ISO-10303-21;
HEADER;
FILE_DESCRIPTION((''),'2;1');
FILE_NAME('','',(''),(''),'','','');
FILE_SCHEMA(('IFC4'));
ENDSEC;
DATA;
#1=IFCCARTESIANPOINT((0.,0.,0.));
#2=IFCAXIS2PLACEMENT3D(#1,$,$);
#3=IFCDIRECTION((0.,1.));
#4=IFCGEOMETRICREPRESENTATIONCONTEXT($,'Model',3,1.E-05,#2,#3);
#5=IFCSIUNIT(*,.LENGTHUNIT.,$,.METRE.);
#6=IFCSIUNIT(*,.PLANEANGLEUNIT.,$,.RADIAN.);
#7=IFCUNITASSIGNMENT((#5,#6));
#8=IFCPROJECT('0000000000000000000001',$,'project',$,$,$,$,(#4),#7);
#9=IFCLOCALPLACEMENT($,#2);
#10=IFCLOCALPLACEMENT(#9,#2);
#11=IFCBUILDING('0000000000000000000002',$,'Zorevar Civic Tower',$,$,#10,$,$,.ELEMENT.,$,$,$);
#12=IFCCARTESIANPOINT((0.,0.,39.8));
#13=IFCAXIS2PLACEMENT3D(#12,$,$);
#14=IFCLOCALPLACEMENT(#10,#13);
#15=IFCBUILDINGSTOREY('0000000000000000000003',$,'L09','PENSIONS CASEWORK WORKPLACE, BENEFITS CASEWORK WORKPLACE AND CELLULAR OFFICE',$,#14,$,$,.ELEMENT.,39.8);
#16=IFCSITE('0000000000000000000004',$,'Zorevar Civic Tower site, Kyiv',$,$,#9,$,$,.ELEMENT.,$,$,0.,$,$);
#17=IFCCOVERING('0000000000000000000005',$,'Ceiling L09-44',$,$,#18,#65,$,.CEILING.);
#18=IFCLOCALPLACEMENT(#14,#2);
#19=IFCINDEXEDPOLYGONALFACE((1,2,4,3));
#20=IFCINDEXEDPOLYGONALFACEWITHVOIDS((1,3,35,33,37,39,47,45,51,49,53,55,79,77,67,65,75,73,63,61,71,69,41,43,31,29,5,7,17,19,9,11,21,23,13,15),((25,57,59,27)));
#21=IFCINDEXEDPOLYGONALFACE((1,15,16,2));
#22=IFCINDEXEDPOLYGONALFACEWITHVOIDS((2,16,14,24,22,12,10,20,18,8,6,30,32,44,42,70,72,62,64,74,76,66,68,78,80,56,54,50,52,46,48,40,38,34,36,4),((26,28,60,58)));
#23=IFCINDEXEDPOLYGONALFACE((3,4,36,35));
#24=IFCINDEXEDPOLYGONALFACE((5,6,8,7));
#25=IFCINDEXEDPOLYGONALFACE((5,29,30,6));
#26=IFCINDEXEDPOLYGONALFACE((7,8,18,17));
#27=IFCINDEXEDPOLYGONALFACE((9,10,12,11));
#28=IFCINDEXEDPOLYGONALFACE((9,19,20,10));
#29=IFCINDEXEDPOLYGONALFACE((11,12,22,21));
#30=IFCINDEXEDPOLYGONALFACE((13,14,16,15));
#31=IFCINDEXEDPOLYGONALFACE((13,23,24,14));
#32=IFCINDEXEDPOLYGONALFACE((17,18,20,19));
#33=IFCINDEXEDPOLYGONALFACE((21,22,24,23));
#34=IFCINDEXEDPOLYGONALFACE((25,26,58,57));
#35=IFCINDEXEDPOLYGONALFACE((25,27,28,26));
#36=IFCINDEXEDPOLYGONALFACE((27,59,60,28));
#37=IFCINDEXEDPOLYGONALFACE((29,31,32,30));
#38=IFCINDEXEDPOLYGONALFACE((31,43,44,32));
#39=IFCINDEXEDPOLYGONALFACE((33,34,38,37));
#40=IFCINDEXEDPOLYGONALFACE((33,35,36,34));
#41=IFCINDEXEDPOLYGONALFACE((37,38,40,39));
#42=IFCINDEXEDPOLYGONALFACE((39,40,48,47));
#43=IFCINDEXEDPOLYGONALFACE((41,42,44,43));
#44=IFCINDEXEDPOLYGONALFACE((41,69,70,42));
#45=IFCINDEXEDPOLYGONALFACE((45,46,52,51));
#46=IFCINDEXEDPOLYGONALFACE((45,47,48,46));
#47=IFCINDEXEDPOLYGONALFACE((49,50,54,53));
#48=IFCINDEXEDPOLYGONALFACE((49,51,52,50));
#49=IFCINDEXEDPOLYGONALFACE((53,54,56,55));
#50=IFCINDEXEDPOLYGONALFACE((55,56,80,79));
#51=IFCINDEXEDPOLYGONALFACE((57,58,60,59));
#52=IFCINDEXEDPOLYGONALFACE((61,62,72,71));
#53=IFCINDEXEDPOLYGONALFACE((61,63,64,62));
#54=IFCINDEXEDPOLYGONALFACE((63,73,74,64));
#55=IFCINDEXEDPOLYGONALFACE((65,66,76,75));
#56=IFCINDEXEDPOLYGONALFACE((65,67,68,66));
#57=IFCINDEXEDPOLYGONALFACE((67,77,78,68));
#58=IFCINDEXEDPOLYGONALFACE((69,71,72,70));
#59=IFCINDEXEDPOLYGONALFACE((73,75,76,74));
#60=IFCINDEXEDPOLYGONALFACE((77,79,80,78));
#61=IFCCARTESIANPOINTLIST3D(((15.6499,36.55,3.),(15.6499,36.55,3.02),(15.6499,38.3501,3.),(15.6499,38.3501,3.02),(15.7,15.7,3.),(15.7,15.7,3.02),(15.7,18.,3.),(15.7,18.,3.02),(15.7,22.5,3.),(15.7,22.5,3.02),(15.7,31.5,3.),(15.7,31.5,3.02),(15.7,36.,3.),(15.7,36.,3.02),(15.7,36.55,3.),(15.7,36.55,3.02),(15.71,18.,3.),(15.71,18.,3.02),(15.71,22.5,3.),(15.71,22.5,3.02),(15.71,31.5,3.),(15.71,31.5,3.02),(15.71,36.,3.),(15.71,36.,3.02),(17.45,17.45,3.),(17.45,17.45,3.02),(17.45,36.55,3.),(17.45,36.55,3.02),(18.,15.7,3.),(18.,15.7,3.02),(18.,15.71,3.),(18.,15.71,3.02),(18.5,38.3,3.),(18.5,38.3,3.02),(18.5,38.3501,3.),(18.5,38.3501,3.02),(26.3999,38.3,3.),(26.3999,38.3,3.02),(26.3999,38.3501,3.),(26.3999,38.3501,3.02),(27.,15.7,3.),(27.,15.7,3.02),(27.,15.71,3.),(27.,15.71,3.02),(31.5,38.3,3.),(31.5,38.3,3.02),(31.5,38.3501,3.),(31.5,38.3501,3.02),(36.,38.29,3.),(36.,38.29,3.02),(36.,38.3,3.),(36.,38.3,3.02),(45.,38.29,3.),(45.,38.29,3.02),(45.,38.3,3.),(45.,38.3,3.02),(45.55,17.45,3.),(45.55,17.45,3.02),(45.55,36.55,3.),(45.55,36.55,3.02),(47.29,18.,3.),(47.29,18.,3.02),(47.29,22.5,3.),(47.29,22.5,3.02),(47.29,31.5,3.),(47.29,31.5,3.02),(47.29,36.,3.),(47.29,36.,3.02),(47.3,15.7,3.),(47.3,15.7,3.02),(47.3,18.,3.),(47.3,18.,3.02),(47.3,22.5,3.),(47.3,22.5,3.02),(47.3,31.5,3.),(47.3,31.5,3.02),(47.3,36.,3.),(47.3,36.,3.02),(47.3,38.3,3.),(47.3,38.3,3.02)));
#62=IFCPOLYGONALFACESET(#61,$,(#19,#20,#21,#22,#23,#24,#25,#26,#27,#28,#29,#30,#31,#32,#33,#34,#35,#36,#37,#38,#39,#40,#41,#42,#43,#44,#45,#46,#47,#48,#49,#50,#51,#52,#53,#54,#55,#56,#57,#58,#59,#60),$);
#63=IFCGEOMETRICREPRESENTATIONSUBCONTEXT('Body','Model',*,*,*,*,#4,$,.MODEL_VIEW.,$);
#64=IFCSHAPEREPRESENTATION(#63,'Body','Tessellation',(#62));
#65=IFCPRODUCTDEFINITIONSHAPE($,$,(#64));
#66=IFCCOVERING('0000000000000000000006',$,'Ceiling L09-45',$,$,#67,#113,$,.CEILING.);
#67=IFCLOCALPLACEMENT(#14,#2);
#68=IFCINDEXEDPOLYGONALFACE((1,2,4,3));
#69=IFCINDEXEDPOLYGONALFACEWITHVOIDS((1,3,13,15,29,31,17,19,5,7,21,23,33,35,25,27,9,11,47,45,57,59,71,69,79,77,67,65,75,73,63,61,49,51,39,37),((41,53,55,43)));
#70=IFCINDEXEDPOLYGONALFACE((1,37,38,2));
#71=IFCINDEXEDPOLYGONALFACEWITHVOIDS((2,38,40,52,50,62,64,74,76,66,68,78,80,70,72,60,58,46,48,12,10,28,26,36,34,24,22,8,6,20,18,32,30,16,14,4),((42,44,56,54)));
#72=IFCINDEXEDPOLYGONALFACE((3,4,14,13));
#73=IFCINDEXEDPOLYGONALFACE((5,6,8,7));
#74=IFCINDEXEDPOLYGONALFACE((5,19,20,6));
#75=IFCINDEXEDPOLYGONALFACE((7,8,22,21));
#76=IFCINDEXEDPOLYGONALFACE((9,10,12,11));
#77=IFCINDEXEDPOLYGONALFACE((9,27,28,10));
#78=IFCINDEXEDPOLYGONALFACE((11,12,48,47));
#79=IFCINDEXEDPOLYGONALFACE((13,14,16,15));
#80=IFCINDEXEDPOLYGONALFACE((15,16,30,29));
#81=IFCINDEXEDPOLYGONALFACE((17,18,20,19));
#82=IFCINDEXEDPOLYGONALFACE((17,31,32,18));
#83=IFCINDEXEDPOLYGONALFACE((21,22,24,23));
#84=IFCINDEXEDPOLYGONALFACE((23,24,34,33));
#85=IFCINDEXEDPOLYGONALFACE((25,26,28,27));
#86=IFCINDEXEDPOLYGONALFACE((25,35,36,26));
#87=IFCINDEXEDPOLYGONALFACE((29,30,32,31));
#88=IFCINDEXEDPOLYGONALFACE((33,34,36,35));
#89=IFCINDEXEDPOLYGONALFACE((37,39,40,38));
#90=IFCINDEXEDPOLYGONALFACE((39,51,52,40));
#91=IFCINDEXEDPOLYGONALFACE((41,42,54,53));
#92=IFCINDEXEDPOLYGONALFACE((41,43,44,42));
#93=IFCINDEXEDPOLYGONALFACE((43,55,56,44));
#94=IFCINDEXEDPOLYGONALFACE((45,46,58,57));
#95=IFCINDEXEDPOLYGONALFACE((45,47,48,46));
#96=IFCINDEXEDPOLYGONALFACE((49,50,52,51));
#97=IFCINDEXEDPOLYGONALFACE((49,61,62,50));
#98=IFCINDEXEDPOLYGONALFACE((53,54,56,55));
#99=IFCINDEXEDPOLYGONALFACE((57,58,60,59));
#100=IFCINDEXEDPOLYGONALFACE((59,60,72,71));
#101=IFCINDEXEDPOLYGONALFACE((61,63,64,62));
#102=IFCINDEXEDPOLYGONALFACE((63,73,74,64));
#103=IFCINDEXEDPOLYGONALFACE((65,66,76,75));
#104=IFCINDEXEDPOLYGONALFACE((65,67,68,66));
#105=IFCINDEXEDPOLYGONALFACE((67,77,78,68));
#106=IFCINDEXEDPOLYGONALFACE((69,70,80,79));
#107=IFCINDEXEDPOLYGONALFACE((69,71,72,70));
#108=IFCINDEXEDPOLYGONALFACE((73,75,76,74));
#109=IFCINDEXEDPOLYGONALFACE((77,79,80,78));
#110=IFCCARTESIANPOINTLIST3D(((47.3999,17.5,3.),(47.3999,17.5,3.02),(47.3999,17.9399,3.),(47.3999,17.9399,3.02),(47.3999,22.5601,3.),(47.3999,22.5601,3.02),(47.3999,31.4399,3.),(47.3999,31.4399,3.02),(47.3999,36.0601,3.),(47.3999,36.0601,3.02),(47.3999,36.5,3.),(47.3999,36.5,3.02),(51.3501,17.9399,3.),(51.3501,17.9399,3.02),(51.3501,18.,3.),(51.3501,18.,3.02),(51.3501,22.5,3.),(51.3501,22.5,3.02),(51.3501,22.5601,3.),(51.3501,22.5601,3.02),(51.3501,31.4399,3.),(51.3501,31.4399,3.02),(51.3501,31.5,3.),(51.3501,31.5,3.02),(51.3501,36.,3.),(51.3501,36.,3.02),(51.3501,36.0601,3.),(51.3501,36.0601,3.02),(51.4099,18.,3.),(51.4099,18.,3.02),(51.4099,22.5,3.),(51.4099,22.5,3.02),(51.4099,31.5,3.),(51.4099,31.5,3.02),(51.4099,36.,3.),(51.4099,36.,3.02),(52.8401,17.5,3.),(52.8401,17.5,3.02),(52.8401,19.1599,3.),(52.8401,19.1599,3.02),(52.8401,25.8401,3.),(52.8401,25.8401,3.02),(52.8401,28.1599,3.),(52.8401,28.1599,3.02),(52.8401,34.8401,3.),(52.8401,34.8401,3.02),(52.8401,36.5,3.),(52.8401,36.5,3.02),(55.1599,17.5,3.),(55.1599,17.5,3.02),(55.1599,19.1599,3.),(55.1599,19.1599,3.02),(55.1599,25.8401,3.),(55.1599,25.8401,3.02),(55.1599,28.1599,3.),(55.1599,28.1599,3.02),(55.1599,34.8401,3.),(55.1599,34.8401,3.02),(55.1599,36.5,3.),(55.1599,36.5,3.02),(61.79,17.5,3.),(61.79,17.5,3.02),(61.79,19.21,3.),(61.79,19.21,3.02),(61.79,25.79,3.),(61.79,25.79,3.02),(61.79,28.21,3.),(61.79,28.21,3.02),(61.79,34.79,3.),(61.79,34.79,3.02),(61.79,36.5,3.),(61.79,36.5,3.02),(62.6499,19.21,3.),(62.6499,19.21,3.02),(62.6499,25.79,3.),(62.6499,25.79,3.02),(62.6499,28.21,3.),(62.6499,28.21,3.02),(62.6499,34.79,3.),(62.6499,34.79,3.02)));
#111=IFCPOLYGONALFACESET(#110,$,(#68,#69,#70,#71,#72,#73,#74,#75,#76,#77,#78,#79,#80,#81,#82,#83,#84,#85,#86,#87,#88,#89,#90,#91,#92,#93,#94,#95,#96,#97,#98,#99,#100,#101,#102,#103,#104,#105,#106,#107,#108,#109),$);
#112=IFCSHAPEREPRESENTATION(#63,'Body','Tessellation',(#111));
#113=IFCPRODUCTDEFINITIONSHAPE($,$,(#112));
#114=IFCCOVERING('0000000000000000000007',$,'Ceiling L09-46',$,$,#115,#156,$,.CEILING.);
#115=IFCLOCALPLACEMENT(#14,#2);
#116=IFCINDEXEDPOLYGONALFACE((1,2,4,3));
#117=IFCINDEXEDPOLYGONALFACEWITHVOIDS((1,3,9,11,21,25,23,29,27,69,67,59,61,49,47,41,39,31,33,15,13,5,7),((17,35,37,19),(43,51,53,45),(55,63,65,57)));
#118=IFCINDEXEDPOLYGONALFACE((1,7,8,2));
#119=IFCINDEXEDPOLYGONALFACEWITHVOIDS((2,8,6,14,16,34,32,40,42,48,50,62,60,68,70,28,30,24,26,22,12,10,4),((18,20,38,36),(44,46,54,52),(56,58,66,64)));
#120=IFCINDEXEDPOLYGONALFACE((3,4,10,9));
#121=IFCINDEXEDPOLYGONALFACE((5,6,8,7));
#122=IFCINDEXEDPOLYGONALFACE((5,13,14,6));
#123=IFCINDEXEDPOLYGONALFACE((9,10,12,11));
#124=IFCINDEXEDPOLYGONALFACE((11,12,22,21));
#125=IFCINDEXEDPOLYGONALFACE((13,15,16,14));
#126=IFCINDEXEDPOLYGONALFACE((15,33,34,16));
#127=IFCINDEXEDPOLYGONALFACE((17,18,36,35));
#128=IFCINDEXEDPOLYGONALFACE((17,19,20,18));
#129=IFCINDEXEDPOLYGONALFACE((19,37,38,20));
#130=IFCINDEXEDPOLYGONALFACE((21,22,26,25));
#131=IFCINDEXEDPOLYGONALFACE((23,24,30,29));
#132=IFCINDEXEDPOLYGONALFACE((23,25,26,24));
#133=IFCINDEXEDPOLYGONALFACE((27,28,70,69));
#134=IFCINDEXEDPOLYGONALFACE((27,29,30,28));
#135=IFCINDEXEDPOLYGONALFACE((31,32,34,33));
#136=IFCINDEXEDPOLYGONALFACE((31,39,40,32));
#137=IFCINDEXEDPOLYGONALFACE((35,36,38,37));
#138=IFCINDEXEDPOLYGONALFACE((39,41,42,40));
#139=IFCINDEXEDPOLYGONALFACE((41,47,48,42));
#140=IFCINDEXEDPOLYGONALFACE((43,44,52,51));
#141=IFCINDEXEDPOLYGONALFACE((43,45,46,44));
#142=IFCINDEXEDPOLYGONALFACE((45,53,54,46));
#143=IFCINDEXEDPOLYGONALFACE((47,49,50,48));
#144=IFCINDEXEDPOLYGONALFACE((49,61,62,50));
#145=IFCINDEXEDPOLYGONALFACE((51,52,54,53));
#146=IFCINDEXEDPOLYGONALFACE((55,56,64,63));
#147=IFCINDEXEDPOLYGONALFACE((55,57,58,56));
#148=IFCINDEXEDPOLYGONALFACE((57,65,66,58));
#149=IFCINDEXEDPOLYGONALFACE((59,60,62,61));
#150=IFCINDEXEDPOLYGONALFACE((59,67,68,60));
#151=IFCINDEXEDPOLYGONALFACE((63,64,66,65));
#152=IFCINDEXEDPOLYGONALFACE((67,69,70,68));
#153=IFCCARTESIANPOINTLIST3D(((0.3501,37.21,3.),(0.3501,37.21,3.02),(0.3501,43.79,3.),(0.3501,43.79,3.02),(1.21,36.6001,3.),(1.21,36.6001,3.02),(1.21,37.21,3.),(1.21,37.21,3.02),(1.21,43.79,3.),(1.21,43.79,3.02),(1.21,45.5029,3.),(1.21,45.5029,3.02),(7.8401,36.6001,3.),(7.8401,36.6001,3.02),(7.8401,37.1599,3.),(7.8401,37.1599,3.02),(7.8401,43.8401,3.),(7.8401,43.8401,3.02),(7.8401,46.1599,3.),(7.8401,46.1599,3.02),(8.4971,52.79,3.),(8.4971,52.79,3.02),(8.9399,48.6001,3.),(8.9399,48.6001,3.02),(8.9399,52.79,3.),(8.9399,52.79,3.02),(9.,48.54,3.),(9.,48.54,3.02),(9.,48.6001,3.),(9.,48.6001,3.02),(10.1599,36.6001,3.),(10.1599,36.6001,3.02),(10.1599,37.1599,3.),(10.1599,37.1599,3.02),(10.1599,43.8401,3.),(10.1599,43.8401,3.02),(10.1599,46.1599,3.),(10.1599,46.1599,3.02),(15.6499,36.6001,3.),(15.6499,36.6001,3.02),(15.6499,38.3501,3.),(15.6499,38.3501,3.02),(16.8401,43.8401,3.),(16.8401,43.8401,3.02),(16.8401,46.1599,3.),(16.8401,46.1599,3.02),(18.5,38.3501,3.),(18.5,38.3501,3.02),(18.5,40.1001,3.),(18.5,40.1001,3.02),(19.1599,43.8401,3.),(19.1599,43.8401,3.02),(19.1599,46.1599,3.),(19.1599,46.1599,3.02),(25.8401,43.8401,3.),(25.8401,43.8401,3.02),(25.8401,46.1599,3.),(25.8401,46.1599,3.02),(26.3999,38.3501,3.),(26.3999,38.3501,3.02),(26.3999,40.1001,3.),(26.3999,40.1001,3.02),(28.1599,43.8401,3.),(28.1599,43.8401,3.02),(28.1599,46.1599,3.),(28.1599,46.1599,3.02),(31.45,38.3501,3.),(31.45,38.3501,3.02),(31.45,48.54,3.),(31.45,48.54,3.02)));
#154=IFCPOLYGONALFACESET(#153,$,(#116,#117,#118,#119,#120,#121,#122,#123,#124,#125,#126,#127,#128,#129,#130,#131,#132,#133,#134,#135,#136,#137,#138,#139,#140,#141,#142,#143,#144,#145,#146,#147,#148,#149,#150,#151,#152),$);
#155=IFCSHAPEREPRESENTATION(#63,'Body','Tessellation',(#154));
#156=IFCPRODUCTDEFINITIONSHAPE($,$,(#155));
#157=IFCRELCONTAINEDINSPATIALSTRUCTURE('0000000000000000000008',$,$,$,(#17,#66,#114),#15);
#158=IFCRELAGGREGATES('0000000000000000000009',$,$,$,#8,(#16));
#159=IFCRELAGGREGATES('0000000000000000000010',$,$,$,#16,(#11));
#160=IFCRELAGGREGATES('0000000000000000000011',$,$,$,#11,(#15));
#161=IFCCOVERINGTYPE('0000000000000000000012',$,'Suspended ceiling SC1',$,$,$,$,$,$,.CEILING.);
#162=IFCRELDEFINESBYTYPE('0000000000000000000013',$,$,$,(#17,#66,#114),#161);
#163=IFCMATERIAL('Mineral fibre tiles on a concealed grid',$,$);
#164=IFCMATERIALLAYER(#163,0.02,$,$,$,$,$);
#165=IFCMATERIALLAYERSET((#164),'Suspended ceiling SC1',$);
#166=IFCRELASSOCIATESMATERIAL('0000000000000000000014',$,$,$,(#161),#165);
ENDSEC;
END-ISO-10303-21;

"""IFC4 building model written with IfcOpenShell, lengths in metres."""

from ifc_helpers import new_model, si_unit, direction, frame, origin, place, context, subcontext, project, spatial, polyline, outline, extrude, material, layer, layer_set, type_object, element, save


model = new_model("IFC4")

# Units and contexts
model_context = context("Model", 3, precision=1e-05, world=origin(), true_north=direction((0.0, 1.0)))
body_context = subcontext(model_context, "Body", "Model", "MODEL_VIEW")
ifc_project = project(units=[si_unit("LENGTHUNIT", "METRE"), si_unit("PLANEANGLEUNIT", "RADIAN")], contexts=[model_context])

# Site, building, storey
site_placement = place(None, origin())
site = spatial("IfcSite", under=ifc_project, at=site_placement, Name="Zorevar Civic Tower site, Kyiv", CompositionType="ELEMENT", RefElevation=0.0)
building_placement = place(site_placement, origin())
building = spatial("IfcBuilding", under=site, at=building_placement, Name="Zorevar Civic Tower", CompositionType="ELEMENT")
storey_placement = place(building_placement, frame((0.0, 0.0, 39.8)))
storey = spatial("IfcBuildingStorey", under=building, at=storey_placement, Name="L09", Description="PENSIONS CASEWORK WORKPLACE, BENEFITS CASEWORK WORKPLACE AND CELLULAR OFFICE", CompositionType="ELEMENT", Elevation=39.8)

# Coverings
ifc_material_1 = material(Name="Mineral fibre tiles on a concealed grid")
ifc_layer_1 = layer(ifc_material_1, 0.02)
ifc_layer_set_1 = layer_set([ifc_layer_1], Name="Suspended ceiling SC1")
covering_type_1 = type_object("IfcCoveringType", Name="Suspended ceiling SC1", PredefinedType="CEILING", material=ifc_layer_set_1)
covering_1_placement = place(storey_placement, frame((0.0, 0.0, 3.0)))
element("IfcCovering", 1, at=covering_1_placement, inside=storey, type_object=covering_type_1, Name="Ceiling L09-44", PredefinedType="CEILING", context=body_context, shape_type="SweptSolid", body=[
    extrude(outline(polyline([(31.5, 38.3), (36.0, 38.3), (36.0, 38.29), (45.0, 38.29), (45.0, 38.3), (47.3, 38.3), (47.3, 36.0), (47.29, 36.0), (47.29, 31.5), (47.3, 31.5), (47.3, 22.5), (47.29, 22.5), (47.29, 18.0), (47.3, 18.0), (47.3, 15.7), (27.0, 15.7), (27.0, 15.71), (18.0, 15.71), (18.0, 15.7), (15.7, 15.7), (15.7, 18.0), (15.71, 18.0), (15.71, 22.5), (15.7, 22.5), (15.7, 31.5), (15.71, 31.5), (15.71, 36.0), (15.7, 36.0), (15.7, 36.55), (15.6499, 36.55), (15.6499, 38.3501), (18.5, 38.3501), (18.5, 38.3), (26.3999, 38.3), (26.3999, 38.3501), (31.5, 38.3501), (31.5, 38.3)]), holes=[polyline([(17.45, 36.55), (17.45, 17.45), (45.55, 17.45), (45.55, 36.55), (17.45, 36.55)])]), origin(), (0.0, 0.0, 1.0), 0.02),
])
covering_2_placement = place(storey_placement, frame((0.0, 0.0, 3.0)))
element("IfcCovering", 2, at=covering_2_placement, inside=storey, type_object=covering_type_1, Name="Ceiling L09-45", PredefinedType="CEILING", context=body_context, shape_type="SweptSolid", body=[
    extrude(outline(polyline([(51.4099, 31.5), (51.4099, 36.0), (51.3501, 36.0), (51.3501, 36.0601), (47.3999, 36.0601), (47.3999, 36.5), (52.8401, 36.5), (52.8401, 34.8401), (55.1599, 34.8401), (55.1599, 36.5), (61.79, 36.5), (61.79, 34.79), (62.6499, 34.79), (62.6499, 28.21), (61.79, 28.21), (61.79, 25.79), (62.6499, 25.79), (62.6499, 19.21), (61.79, 19.21), (61.79, 17.5), (55.1599, 17.5), (55.1599, 19.1599), (52.8401, 19.1599), (52.8401, 17.5), (47.3999, 17.5), (47.3999, 17.9399), (51.3501, 17.9399), (51.3501, 18.0), (51.4099, 18.0), (51.4099, 22.5), (51.3501, 22.5), (51.3501, 22.5601), (47.3999, 22.5601), (47.3999, 31.4399), (51.3501, 31.4399), (51.3501, 31.5), (51.4099, 31.5)]), holes=[polyline([(55.1599, 28.1599), (52.8401, 28.1599), (52.8401, 25.8401), (55.1599, 25.8401), (55.1599, 28.1599)])]), origin(), (0.0, 0.0, 1.0), 0.02),
])
covering_3_placement = place(storey_placement, frame((0.0, 0.0, 3.0)))
element("IfcCovering", 3, at=covering_3_placement, inside=storey, type_object=covering_type_1, Name="Ceiling L09-46", PredefinedType="CEILING", context=body_context, shape_type="SweptSolid", body=[
    extrude(outline(polyline([(31.45, 38.3501), (26.3999, 38.3501), (26.3999, 40.1001), (18.5, 40.1001), (18.5, 38.3501), (15.6499, 38.3501), (15.6499, 36.6001), (10.1599, 36.6001), (10.1599, 37.1599), (7.8401, 37.1599), (7.8401, 36.6001), (1.21, 36.6001), (1.21, 37.21), (0.3501, 37.21), (0.3501, 43.79), (1.21, 43.79), (1.21, 45.5029), (8.4971, 52.79), (8.9399, 52.79), (8.9399, 48.6001), (9.0, 48.6001), (9.0, 48.54), (31.45, 48.54), (31.45, 38.3501)]), holes=[polyline([(7.8401, 46.1599), (7.8401, 43.8401), (10.1599, 43.8401), (10.1599, 46.1599), (7.8401, 46.1599)]), polyline([(19.1599, 43.8401), (19.1599, 46.1599), (16.8401, 46.1599), (16.8401, 43.8401), (19.1599, 43.8401)]), polyline([(25.8401, 43.8401), (28.1599, 43.8401), (28.1599, 46.1599), (25.8401, 46.1599), (25.8401, 43.8401)])]), origin(), (0.0, 0.0, 1.0), 0.02),
])

save(model, "model.ifc")
